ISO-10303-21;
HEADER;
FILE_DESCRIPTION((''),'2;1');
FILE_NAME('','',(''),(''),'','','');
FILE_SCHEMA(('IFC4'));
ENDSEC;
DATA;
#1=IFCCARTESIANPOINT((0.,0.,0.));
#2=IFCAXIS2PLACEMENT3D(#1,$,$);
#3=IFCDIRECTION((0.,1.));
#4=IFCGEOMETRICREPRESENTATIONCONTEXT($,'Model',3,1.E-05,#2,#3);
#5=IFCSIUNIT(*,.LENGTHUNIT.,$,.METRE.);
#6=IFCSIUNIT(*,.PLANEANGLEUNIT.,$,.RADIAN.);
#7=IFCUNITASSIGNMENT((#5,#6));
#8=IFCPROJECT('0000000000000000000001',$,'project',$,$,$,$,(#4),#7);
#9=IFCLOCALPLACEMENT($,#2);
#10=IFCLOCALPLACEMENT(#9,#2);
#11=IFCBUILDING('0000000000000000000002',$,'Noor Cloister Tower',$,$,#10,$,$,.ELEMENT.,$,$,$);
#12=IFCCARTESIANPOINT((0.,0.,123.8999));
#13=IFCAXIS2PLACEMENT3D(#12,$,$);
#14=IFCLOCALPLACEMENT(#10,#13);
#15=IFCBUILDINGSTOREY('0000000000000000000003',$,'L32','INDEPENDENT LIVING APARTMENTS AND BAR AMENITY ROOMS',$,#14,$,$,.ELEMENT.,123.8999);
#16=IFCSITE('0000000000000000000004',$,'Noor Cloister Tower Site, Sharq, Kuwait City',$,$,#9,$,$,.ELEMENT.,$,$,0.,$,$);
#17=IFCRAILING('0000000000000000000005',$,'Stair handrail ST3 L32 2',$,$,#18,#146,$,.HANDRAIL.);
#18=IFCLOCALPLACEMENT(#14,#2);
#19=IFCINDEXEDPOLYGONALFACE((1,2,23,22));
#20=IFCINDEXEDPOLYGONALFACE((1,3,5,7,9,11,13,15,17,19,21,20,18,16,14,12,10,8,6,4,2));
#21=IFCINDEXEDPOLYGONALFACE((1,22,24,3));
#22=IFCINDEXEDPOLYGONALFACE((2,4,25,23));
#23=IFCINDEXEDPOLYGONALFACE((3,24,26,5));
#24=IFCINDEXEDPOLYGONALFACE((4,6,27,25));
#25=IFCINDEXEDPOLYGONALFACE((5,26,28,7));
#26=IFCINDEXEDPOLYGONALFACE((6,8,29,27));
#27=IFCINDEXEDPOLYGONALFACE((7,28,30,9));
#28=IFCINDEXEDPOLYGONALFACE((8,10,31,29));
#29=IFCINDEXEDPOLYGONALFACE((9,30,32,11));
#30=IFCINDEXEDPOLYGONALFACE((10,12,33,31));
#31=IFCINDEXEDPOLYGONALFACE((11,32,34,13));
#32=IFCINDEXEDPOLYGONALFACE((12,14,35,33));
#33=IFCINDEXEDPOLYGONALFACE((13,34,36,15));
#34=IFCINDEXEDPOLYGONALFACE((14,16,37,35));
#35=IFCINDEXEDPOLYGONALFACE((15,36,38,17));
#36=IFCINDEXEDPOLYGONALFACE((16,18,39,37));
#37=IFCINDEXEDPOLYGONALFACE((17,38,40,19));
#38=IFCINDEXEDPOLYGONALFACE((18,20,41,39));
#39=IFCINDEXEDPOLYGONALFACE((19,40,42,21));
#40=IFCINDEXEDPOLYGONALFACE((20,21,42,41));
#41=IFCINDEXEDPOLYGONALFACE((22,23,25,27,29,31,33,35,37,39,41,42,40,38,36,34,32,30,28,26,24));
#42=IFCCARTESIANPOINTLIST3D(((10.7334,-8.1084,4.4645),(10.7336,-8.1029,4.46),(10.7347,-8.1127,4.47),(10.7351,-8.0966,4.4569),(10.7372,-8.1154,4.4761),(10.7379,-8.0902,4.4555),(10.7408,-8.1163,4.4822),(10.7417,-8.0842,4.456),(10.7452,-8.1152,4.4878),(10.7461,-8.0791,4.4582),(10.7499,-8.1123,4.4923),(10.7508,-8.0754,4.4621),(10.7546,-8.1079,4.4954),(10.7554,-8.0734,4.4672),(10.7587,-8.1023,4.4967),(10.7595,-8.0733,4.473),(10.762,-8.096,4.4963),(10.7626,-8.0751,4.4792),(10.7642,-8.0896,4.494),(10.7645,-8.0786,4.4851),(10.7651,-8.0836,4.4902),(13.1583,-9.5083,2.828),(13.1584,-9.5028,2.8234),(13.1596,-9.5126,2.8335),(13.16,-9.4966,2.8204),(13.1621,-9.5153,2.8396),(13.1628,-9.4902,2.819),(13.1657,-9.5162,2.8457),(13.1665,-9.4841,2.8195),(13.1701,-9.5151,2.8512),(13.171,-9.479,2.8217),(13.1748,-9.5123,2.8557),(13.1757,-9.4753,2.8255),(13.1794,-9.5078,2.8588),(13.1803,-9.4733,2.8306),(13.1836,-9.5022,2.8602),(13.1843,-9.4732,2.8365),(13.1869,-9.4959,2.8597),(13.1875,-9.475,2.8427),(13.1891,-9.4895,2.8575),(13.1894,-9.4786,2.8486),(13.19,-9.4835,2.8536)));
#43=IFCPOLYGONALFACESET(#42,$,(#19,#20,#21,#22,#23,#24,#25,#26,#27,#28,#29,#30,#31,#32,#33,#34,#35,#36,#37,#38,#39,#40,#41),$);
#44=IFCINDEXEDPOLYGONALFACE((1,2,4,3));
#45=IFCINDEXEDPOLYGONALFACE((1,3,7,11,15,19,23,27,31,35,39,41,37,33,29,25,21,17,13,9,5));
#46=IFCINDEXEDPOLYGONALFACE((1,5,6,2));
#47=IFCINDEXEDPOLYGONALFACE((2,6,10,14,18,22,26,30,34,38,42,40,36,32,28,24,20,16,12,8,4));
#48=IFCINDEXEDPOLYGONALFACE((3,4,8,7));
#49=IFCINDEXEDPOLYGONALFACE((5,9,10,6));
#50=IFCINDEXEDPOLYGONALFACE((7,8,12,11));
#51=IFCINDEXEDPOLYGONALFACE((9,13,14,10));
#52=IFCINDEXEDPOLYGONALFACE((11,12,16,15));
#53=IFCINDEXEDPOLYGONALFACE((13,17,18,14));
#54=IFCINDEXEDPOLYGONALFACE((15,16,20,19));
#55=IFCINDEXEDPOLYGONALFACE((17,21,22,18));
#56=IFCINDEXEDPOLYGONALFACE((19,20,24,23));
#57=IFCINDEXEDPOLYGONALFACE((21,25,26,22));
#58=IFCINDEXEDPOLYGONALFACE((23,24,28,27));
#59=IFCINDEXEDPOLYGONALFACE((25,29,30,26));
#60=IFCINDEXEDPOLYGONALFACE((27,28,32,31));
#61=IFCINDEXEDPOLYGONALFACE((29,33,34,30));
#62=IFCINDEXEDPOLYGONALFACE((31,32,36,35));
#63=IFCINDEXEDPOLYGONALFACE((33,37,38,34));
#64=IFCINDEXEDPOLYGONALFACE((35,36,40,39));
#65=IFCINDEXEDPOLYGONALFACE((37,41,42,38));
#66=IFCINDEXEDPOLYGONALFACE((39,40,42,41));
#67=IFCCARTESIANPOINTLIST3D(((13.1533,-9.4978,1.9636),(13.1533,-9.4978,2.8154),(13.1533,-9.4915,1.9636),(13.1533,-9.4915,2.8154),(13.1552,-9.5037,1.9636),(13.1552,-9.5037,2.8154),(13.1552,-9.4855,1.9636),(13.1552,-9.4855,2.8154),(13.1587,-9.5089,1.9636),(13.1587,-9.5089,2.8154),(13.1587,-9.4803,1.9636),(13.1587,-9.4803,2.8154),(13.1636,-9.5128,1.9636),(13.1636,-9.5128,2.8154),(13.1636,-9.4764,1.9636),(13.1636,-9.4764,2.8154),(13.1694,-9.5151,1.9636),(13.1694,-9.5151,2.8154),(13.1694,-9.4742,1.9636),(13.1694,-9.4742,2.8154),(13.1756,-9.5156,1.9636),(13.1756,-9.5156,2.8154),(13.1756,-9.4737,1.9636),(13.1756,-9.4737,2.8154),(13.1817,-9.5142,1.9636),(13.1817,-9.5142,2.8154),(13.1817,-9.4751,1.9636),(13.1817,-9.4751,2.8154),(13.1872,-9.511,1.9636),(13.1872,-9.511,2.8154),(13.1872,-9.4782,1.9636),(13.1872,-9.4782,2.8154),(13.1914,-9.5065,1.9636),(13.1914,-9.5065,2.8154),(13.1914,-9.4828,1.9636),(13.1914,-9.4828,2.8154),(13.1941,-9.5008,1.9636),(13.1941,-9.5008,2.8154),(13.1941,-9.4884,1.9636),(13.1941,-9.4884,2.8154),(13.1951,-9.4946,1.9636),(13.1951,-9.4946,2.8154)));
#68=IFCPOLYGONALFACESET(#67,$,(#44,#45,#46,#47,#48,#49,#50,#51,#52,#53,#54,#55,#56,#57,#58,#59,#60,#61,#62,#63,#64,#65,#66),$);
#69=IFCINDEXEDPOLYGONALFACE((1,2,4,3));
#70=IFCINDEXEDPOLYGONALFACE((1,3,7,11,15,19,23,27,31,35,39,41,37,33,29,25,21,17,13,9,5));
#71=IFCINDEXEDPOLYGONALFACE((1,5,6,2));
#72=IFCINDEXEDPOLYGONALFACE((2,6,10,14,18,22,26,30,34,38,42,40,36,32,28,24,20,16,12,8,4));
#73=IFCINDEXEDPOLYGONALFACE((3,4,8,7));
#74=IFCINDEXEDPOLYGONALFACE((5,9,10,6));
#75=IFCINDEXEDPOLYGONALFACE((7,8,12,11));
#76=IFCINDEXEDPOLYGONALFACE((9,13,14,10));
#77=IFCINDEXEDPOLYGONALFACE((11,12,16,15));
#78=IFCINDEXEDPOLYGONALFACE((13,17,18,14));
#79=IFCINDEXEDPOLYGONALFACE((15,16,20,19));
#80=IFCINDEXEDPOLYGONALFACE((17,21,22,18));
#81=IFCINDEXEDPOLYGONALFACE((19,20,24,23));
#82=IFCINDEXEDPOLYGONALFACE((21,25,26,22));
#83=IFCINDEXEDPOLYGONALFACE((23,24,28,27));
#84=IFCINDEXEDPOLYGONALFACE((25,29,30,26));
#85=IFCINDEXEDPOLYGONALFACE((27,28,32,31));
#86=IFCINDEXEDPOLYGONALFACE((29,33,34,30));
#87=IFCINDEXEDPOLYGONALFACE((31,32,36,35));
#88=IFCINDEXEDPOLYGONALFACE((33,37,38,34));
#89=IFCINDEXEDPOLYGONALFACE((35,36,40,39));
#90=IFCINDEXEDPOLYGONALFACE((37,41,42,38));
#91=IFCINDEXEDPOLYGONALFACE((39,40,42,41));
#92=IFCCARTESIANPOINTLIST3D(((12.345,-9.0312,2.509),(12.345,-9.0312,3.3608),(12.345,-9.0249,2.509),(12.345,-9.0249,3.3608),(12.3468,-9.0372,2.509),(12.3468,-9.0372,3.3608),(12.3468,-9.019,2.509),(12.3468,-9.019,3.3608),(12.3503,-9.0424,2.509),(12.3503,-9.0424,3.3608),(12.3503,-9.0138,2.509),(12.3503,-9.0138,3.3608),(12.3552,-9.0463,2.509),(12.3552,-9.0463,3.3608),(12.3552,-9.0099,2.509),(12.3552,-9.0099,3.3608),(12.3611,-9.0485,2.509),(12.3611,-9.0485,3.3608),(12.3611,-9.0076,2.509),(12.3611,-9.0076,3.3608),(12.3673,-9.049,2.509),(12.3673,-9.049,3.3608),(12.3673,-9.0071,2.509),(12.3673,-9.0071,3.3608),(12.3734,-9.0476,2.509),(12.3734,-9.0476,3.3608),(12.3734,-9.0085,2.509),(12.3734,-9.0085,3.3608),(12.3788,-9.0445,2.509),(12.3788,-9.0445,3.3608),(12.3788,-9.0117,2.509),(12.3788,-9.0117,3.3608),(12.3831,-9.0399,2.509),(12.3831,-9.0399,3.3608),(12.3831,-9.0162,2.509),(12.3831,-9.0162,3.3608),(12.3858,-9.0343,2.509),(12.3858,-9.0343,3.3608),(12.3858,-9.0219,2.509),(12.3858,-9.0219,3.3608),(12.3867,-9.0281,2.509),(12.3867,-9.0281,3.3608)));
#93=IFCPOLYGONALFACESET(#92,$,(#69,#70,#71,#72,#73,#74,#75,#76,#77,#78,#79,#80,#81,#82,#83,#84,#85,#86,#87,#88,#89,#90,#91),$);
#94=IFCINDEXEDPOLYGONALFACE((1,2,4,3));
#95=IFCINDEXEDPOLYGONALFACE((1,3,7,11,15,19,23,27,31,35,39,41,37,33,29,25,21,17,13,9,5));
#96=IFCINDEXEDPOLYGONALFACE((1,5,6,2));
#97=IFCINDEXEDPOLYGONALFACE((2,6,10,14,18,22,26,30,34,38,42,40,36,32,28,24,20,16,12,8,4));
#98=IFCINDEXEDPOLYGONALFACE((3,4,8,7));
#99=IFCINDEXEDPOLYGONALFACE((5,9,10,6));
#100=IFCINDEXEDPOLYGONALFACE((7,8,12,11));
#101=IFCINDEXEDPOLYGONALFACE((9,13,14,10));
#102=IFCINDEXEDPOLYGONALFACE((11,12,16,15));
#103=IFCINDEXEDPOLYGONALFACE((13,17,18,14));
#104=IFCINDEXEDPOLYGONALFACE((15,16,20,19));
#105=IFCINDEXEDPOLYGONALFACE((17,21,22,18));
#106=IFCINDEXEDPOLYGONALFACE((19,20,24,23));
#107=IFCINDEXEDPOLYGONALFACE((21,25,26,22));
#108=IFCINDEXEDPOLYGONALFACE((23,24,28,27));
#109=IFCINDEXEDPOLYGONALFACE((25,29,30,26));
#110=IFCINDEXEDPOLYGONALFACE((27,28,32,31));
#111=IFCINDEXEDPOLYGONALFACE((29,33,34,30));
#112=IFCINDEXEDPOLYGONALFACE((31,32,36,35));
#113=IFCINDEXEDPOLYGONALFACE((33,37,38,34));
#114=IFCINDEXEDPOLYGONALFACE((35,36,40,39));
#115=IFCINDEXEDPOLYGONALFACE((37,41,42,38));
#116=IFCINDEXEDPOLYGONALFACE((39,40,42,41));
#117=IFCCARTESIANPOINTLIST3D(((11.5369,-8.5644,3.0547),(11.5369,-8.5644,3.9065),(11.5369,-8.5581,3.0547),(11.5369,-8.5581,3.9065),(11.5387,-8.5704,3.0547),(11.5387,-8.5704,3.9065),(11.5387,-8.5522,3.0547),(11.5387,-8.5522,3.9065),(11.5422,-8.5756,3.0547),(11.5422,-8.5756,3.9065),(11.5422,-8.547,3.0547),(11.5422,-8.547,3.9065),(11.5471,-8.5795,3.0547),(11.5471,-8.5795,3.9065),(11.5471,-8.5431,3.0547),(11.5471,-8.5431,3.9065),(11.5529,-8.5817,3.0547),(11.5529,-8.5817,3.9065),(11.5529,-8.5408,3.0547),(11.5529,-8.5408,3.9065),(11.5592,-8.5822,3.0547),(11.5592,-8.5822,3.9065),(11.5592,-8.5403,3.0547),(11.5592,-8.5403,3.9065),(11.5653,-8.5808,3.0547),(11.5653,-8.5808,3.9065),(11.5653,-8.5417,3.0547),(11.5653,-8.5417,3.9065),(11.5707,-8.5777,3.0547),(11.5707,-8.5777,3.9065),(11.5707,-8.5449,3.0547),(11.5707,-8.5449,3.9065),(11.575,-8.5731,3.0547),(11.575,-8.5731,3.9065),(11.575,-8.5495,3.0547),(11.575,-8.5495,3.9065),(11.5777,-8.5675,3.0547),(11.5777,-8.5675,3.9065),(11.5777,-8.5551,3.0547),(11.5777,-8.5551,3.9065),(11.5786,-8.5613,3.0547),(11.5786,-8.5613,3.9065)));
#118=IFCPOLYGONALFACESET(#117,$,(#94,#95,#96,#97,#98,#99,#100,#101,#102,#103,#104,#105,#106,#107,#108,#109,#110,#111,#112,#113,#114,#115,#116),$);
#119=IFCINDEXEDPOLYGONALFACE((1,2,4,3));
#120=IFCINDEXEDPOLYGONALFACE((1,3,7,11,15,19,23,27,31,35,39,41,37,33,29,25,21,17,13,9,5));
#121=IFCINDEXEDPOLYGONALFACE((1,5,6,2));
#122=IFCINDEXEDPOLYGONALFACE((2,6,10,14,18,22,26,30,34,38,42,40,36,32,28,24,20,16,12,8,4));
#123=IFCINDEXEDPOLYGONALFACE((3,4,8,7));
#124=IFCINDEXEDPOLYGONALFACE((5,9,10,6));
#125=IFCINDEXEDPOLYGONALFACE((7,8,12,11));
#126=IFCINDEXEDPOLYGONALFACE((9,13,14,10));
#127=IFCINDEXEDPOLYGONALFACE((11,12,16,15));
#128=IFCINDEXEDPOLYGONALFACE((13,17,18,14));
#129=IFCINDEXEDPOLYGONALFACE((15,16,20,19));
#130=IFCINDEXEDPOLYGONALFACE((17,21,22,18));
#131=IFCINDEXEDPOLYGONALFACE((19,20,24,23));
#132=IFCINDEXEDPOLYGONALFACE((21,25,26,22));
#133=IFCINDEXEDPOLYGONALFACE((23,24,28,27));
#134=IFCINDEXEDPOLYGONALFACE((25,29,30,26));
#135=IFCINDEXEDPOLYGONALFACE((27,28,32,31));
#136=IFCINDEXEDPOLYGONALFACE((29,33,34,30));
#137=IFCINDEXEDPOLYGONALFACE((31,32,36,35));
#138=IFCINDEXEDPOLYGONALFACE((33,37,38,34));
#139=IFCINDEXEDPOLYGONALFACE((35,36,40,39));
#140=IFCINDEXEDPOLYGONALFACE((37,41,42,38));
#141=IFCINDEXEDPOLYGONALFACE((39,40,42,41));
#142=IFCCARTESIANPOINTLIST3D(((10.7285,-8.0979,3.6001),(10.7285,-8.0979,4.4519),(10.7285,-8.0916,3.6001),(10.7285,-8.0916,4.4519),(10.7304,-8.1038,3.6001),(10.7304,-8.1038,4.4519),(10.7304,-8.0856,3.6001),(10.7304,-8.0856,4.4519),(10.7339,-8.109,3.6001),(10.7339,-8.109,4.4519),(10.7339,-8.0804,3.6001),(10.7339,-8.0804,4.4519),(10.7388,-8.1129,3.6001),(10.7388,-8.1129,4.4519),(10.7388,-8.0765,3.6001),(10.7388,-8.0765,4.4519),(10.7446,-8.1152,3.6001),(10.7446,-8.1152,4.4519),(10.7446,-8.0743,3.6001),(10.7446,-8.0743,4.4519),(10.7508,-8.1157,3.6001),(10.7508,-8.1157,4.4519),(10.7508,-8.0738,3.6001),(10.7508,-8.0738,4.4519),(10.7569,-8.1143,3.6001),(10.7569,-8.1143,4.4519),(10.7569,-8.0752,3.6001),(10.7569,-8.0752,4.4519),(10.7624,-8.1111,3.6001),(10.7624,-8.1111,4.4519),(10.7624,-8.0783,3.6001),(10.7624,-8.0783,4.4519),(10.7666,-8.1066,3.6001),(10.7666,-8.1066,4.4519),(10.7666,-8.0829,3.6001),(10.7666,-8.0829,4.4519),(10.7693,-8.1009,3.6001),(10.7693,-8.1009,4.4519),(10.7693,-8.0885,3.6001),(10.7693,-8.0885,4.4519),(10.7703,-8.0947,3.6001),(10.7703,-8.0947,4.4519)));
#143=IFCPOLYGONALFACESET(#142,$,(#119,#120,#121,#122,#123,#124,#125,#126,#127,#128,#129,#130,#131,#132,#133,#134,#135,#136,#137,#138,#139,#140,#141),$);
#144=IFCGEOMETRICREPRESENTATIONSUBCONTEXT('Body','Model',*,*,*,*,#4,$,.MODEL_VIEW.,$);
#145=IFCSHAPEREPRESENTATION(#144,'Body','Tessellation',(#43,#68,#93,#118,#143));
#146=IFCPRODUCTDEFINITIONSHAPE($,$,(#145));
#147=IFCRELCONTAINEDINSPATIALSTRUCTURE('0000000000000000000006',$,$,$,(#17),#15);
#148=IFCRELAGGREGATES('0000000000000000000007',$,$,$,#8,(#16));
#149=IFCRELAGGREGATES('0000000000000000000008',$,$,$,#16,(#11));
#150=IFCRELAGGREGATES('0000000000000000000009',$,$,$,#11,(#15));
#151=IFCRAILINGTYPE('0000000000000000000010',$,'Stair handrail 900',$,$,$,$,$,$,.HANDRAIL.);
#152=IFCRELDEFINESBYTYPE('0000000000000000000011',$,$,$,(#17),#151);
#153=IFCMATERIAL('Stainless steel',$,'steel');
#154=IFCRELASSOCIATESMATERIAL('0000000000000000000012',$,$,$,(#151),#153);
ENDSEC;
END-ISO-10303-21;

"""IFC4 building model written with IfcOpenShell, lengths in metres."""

from ifc_helpers import new_model, si_unit, direction, frame, origin, origin_2d, place, context, subcontext, project, spatial, circle, extrude, material, type_object, element, save


model = new_model("IFC4")

# Units and contexts
model_context = context("Model", 3, precision=1e-05, world=origin(), true_north=direction((0.0, 1.0)))
body_context = subcontext(model_context, "Body", "Model", "MODEL_VIEW")
ifc_project = project(units=[si_unit("LENGTHUNIT", "METRE"), si_unit("PLANEANGLEUNIT", "RADIAN")], contexts=[model_context])

# Site, building, storey
site_placement = place(None, origin())
site = spatial("IfcSite", under=ifc_project, at=site_placement, Name="Noor Cloister Tower Site, Sharq, Kuwait City", CompositionType="ELEMENT", RefElevation=0.0)
building_placement = place(site_placement, origin())
building = spatial("IfcBuilding", under=site, at=building_placement, Name="Noor Cloister Tower", CompositionType="ELEMENT")
storey_placement = place(building_placement, frame((0.0, 0.0, 123.8999)))
storey = spatial("IfcBuildingStorey", under=building, at=storey_placement, Name="L32", Description="INDEPENDENT LIVING APARTMENTS AND BAR AMENITY ROOMS", CompositionType="ELEMENT", Elevation=123.8999)

# Railing
ifc_material_1 = material(Name="Stainless steel", Category="steel")
railing_type_1 = type_object("IfcRailingType", Name="Stair handrail 900", PredefinedType="HANDRAIL", material=ifc_material_1)
railing_1_placement = place(storey_placement, frame((13.1741, -9.4946, 1.9636)))
element("IfcRailing", 1, at=railing_1_placement, inside=storey, type_object=railing_type_1, Name="Stair handrail ST3 L32 2", PredefinedType="HANDRAIL", context=body_context, shape_type="SweptSolid", body=[
    extrude(circle(Radius=0.0239, at=origin_2d()), frame((0.0, 0.0, 0.876), z_axis=(-0.74769, 0.431661, 0.504608), x_axis=(-0.499984, -0.866035, 0.0)), (0.0, 0.0, 1.0), 3.2432),
    extrude(circle(Radius=0.021, at=origin_2d()), origin(), (0.0, 0.0, 1.0), 0.8518),
    extrude(circle(Radius=0.021, at=origin_2d()), frame((-0.8083, 0.4666, 0.5454)), (0.0, 0.0, 1.0), 0.8518),
    extrude(circle(Radius=0.021, at=origin_2d()), frame((-1.6165, 0.9333, 1.0911)), (0.0, 0.0, 1.0), 0.8518),
    extrude(circle(Radius=0.021, at=origin_2d()), frame((-2.4248, 1.3999, 1.6365)), (0.0, 0.0, 1.0), 0.8518),
])

save(model, "model.ifc")
